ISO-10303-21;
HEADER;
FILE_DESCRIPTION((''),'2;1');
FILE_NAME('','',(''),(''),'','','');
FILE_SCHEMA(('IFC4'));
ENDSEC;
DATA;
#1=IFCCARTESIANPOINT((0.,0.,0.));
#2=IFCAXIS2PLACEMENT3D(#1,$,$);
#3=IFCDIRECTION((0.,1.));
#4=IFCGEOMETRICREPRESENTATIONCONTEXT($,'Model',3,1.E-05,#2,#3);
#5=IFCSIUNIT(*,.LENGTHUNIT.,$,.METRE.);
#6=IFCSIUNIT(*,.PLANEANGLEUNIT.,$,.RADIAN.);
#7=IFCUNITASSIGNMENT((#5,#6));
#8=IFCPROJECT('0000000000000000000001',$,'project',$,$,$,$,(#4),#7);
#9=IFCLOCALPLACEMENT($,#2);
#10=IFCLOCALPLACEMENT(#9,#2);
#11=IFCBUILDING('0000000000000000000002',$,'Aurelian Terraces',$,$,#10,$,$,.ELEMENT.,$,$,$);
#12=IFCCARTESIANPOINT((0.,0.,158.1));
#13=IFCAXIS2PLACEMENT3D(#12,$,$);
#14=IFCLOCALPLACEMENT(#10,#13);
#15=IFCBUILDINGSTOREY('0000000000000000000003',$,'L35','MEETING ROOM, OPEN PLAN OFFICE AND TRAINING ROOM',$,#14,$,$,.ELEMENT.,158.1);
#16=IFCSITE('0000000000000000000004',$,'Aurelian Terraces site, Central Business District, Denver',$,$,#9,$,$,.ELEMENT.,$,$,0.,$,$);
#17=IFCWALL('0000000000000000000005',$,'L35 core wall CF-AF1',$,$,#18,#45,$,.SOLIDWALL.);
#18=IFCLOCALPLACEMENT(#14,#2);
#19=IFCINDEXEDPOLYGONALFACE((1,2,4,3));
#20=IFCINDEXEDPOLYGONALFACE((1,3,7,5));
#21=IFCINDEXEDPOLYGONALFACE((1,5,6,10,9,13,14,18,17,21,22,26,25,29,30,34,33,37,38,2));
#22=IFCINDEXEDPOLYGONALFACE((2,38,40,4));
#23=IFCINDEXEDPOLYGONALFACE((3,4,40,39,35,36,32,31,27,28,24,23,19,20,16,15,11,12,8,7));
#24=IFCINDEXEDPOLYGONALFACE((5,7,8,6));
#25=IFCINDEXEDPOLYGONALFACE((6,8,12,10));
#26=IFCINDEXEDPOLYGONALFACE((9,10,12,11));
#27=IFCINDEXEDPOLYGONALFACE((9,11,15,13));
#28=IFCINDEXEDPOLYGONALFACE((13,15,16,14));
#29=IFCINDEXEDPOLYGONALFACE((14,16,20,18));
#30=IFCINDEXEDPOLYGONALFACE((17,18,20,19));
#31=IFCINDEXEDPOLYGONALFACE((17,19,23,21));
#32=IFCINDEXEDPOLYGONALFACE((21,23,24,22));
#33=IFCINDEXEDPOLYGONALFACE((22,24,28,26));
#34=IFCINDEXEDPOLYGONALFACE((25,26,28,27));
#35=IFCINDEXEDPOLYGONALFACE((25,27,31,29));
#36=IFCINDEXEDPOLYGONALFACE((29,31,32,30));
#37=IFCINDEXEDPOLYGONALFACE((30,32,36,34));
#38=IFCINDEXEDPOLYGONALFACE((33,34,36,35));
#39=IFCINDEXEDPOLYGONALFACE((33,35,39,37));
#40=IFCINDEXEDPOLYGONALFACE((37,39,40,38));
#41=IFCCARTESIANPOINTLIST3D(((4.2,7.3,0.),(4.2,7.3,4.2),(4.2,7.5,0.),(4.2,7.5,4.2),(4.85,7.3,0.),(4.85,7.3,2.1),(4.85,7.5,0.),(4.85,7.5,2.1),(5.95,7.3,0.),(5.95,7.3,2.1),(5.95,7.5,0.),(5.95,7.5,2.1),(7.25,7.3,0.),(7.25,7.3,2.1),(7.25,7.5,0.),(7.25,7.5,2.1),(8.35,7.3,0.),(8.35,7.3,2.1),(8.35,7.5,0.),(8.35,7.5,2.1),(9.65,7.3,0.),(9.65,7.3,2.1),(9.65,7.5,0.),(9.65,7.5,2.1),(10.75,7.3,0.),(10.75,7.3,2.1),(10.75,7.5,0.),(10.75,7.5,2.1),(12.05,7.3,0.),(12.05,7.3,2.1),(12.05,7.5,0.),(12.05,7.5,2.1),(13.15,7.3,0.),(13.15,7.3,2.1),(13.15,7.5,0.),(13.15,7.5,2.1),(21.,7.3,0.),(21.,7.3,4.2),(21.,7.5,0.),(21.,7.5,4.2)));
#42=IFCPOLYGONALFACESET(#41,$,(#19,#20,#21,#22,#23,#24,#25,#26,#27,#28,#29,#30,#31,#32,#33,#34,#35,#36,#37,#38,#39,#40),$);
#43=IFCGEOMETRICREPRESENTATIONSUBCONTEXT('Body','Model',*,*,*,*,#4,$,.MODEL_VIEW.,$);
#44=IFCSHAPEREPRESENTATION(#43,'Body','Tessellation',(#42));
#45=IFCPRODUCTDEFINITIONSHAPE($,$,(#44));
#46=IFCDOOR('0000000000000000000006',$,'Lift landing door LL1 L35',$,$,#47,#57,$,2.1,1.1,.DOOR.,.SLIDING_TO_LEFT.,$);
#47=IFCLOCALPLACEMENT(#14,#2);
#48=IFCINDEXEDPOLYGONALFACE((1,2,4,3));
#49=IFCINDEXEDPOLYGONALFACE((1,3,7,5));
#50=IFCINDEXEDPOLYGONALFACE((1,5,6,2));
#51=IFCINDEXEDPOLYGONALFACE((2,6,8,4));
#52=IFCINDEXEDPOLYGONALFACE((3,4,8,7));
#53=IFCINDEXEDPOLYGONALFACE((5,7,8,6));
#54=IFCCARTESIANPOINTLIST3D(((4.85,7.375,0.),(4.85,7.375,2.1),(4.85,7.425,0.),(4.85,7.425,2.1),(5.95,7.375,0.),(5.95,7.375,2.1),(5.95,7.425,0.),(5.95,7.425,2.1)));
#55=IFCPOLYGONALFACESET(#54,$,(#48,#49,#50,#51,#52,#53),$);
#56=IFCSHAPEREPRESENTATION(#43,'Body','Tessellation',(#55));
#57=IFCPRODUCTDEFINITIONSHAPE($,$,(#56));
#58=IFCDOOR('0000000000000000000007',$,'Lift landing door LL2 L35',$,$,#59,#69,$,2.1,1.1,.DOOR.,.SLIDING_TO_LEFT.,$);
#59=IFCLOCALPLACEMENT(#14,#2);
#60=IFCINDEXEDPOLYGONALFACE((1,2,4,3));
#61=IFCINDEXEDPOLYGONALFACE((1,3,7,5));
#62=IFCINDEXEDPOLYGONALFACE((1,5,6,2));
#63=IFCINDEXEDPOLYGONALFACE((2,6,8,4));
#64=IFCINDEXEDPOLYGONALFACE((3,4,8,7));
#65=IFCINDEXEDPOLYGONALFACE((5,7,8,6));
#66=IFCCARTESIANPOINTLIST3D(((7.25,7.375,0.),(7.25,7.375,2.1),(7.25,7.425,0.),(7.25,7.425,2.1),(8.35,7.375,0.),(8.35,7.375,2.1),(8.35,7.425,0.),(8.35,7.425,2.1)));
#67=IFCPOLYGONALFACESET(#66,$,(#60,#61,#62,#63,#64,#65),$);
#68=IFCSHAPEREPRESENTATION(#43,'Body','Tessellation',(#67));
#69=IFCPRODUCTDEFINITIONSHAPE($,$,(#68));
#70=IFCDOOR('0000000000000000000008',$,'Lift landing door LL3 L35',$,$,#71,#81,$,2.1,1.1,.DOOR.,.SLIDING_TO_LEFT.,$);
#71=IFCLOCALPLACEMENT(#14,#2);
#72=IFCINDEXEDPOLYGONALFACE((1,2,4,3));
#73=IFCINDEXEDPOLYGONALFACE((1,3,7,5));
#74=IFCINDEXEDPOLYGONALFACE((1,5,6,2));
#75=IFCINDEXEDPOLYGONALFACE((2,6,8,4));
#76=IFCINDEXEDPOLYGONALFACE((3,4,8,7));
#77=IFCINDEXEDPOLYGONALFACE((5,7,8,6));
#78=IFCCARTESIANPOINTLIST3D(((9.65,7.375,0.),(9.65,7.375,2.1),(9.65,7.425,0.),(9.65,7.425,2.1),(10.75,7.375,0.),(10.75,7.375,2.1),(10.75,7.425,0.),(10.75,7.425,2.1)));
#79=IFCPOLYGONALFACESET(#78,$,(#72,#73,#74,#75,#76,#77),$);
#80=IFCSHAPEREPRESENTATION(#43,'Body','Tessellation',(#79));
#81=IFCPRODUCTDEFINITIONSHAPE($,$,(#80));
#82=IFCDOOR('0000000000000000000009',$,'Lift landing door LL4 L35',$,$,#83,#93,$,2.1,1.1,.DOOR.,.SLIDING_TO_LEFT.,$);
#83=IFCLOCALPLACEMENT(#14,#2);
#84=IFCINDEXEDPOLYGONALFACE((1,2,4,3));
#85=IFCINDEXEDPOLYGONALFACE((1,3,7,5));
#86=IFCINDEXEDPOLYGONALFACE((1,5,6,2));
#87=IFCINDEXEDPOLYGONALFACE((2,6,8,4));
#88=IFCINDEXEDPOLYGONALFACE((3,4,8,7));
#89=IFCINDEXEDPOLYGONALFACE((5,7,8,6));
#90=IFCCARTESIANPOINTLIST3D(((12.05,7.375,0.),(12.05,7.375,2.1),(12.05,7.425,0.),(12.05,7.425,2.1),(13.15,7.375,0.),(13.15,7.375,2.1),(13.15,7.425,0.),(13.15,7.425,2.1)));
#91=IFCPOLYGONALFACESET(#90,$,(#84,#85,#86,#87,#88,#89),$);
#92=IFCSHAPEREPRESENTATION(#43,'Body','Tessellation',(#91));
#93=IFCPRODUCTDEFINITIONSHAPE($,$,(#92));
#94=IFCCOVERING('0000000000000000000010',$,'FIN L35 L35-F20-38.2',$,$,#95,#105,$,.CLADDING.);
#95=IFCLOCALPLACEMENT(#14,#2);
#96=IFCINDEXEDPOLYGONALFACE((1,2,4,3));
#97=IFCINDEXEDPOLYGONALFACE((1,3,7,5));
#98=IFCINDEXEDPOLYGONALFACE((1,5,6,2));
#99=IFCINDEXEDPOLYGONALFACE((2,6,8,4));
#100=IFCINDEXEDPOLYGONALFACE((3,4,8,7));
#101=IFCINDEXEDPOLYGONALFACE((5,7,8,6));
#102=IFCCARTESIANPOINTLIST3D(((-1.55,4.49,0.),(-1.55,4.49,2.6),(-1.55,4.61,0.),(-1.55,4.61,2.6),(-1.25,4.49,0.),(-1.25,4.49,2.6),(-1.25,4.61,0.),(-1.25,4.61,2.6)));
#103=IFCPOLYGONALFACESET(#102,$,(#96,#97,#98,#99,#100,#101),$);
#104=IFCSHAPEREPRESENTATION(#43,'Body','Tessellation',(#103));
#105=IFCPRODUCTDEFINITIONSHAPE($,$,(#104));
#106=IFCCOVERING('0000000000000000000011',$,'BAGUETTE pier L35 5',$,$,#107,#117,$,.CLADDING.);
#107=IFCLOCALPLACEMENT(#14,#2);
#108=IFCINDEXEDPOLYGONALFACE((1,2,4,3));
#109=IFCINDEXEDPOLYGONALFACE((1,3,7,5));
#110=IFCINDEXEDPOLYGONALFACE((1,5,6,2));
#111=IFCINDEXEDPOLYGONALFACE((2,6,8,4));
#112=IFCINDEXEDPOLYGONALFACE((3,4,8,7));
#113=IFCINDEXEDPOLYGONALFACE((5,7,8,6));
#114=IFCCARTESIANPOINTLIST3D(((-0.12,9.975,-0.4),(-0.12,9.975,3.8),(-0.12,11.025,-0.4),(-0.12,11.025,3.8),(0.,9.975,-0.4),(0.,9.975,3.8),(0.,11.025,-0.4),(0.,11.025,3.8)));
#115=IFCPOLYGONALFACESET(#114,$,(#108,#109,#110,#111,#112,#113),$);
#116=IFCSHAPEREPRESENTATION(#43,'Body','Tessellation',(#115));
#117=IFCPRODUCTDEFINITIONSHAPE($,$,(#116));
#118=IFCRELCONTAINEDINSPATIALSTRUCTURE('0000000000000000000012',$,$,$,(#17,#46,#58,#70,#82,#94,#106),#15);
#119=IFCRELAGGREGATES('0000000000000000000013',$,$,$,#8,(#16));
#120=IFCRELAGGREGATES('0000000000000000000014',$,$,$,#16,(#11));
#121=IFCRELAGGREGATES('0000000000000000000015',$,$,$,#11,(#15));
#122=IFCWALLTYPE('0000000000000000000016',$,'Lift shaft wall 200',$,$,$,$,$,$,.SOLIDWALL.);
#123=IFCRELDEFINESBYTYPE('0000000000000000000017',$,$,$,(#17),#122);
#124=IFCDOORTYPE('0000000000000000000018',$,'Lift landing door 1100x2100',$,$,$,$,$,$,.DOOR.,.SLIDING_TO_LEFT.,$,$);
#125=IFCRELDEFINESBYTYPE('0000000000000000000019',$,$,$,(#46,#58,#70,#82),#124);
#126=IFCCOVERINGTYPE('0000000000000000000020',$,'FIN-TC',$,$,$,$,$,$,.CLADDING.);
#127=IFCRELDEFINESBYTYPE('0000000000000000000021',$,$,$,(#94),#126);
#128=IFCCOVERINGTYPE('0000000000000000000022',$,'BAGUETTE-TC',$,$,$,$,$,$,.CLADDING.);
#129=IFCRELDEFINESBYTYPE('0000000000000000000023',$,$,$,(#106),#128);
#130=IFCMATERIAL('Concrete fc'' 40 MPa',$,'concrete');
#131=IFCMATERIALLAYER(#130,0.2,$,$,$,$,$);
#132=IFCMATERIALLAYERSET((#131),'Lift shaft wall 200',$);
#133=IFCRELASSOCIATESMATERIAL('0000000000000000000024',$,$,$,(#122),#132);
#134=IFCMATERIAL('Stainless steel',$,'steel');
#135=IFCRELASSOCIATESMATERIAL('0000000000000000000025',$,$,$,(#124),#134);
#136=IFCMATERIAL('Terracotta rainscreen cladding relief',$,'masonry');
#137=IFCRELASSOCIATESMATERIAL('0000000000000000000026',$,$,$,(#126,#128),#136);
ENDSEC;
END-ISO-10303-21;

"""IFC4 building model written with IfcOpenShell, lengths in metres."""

from ifc_helpers import new_model, si_unit, direction, frame, frame_2d, origin, origin_2d, place, context, subcontext, project, spatial, rectangle, extrude, source, transform, mapped, material, layer, layer_set, type_object, element, fill, save


model = new_model("IFC4")

# Units and contexts
model_context = context("Model", 3, precision=1e-05, world=origin(), true_north=direction((0.0, 1.0)))
body_context = subcontext(model_context, "Body", "Model", "MODEL_VIEW")
ifc_project = project(units=[si_unit("LENGTHUNIT", "METRE"), si_unit("PLANEANGLEUNIT", "RADIAN")], contexts=[model_context])

# Site, building, storey
site_placement = place(None, origin())
site = spatial("IfcSite", under=ifc_project, at=site_placement, Name="Aurelian Terraces site, Central Business District, Denver", CompositionType="ELEMENT", RefElevation=0.0)
building_placement = place(site_placement, origin())
building = spatial("IfcBuilding", under=site, at=building_placement, Name="Aurelian Terraces", CompositionType="ELEMENT")
storey_placement = place(building_placement, frame((0.0, 0.0, 158.1)))
storey = spatial("IfcBuildingStorey", under=building, at=storey_placement, Name="L35", Description="MEETING ROOM, OPEN PLAN OFFICE AND TRAINING ROOM", CompositionType="ELEMENT", Elevation=158.1)

# Wall, openings, doors
ifc_material_1 = material(Name="Concrete fc' 40 MPa", Category="concrete")
ifc_layer_1 = layer(ifc_material_1, 0.2)
ifc_layer_set_1 = layer_set([ifc_layer_1], Name="Lift shaft wall 200")
wall_type_1 = type_object("IfcWallType", Name="Lift shaft wall 200", PredefinedType="SOLIDWALL", material=ifc_layer_set_1)
shared_shape_1 = source(origin(), body_context, "Body", "SweptSolid", [
    extrude(rectangle(XDim=16.8, YDim=0.2, at=frame_2d((8.4, 0.0))), origin(), (0.0, 0.0, 1.0), 4.2),
])
wall_1_placement = place(storey_placement, frame((4.2, 7.4, 0.0), z_axis=(0.0, 0.0, 1.0), x_axis=(1.0, 0.0, 0.0)))
wall_1 = element("IfcWall", 1, at=wall_1_placement, inside=storey, type_object=wall_type_1, Name="L35 core wall CF-AF1", PredefinedType="SOLIDWALL", context=body_context, shape_type="MappedRepresentation", body=[
    mapped(shared_shape_1, transform((0.0, 0.0, 0.0), scale=1.0)),
])
shared_shape_2 = source(origin(), body_context, "Body", "SweptSolid", [
    extrude(rectangle(XDim=1.1, YDim=2.1, at=frame_2d((0.55, 1.05))), frame((0.0, 0.11, 0.0), z_axis=(0.0, -1.0, 0.0), x_axis=(1.0, 0.0, 0.0)), (0.0, 0.0, 1.0), 0.22),
])
opening_1_placement = place(wall_1_placement, frame((0.65, 0.0, 0.0)))
opening_1 = element("IfcOpeningElement", 2, at=opening_1_placement, cuts=wall_1, PredefinedType="OPENING", context=body_context, shape_type="MappedRepresentation", body=[
    mapped(shared_shape_2, transform((0.0, 0.0, 0.0), scale=1.0)),
])
opening_2_placement = place(wall_1_placement, frame((3.05, 0.0, 0.0)))
opening_2 = element("IfcOpeningElement", 3, at=opening_2_placement, cuts=wall_1, PredefinedType="OPENING", context=body_context, shape_type="MappedRepresentation", body=[
    mapped(shared_shape_2, transform((0.0, 0.0, 0.0), scale=1.0)),
])
opening_3_placement = place(wall_1_placement, frame((5.45, 0.0, 0.0)))
opening_3 = element("IfcOpeningElement", 4, at=opening_3_placement, cuts=wall_1, PredefinedType="OPENING", context=body_context, shape_type="MappedRepresentation", body=[
    mapped(shared_shape_2, transform((0.0, 0.0, 0.0), scale=1.0)),
])
opening_4_placement = place(wall_1_placement, frame((7.85, 0.0, 0.0)))
opening_4 = element("IfcOpeningElement", 5, at=opening_4_placement, cuts=wall_1, PredefinedType="OPENING", context=body_context, shape_type="MappedRepresentation", body=[
    mapped(shared_shape_2, transform((0.0, 0.0, 0.0), scale=1.0)),
])
ifc_material_2 = material(Name="Stainless steel", Category="steel")
door_type_1 = type_object("IfcDoorType", Name="Lift landing door 1100x2100", OperationType="SLIDING_TO_LEFT", PredefinedType="DOOR", material=ifc_material_2)
shared_shape_3 = source(origin(), body_context, "Body", "SweptSolid", [
    extrude(rectangle(XDim=1.1, YDim=2.1, at=frame_2d((0.55, 1.05))), frame((0.0, 0.025, 0.0), z_axis=(0.0, -1.0, 0.0), x_axis=(1.0, 0.0, 0.0)), (0.0, 0.0, 1.0), 0.05),
])
door_1_placement = place(opening_1_placement, origin())
door_1 = element("IfcDoor", 6, at=door_1_placement, inside=storey, type_object=door_type_1, Name="Lift landing door LL1 L35", OperationType="SLIDING_TO_LEFT", OverallHeight=2.1, OverallWidth=1.1, PredefinedType="DOOR", context=body_context, shape_type="MappedRepresentation", body=[
    mapped(shared_shape_3, transform((0.0, 0.0, 0.0), scale=1.0)),
])
fill(opening_1, door_1)
door_2_placement = place(opening_2_placement, origin())
door_2 = element("IfcDoor", 7, at=door_2_placement, inside=storey, type_object=door_type_1, Name="Lift landing door LL2 L35", OperationType="SLIDING_TO_LEFT", OverallHeight=2.1, OverallWidth=1.1, PredefinedType="DOOR", context=body_context, shape_type="MappedRepresentation", body=[
    mapped(shared_shape_3, transform((0.0, 0.0, 0.0), scale=1.0)),
])
fill(opening_2, door_2)
door_3_placement = place(opening_3_placement, origin())
door_3 = element("IfcDoor", 8, at=door_3_placement, inside=storey, type_object=door_type_1, Name="Lift landing door LL3 L35", OperationType="SLIDING_TO_LEFT", OverallHeight=2.1, OverallWidth=1.1, PredefinedType="DOOR", context=body_context, shape_type="MappedRepresentation", body=[
    mapped(shared_shape_3, transform((0.0, 0.0, 0.0), scale=1.0)),
])
fill(opening_3, door_3)
door_4_placement = place(opening_4_placement, origin())
door_4 = element("IfcDoor", 9, at=door_4_placement, inside=storey, type_object=door_type_1, Name="Lift landing door LL4 L35", OperationType="SLIDING_TO_LEFT", OverallHeight=2.1, OverallWidth=1.1, PredefinedType="DOOR", context=body_context, shape_type="MappedRepresentation", body=[
    mapped(shared_shape_3, transform((0.0, 0.0, 0.0), scale=1.0)),
])
fill(opening_4, door_4)

# Coverings
ifc_material_3 = material(Name="Terracotta rainscreen cladding relief", Category="masonry")
covering_type_1 = type_object("IfcCoveringType", Name="FIN-TC", PredefinedType="CLADDING", material=ifc_material_3)
shared_shape_4 = source(origin(), body_context, "Body", "SweptSolid", [
    extrude(rectangle(XDim=0.3, YDim=0.12, at=origin_2d()), origin(), (0.0, 0.0, 1.0), 2.6),
])
covering_1_placement = place(storey_placement, frame((-1.4, 4.55, 0.0), z_axis=(0.0, 0.0, 1.0), x_axis=(1.0, 0.0, 0.0)))
element("IfcCovering", 10, at=covering_1_placement, inside=storey, type_object=covering_type_1, Name="FIN L35 L35-F20-38.2", PredefinedType="CLADDING", context=body_context, shape_type="MappedRepresentation", body=[
    mapped(shared_shape_4, transform((0.0, 0.0, 0.0), scale=1.0)),
])
covering_type_2 = type_object("IfcCoveringType", Name="BAGUETTE-TC", PredefinedType="CLADDING", material=ifc_material_3)
shared_shape_5 = source(origin(), body_context, "Body", "SweptSolid", [
    extrude(rectangle(XDim=0.12, YDim=1.05, at=origin_2d()), origin(), (0.0, 0.0, 1.0), 4.2),
])
covering_2_placement = place(storey_placement, frame((-0.06, 10.5, -0.4), z_axis=(0.0, 0.0, 1.0), x_axis=(1.0, 0.0, 0.0)))
element("IfcCovering", 11, at=covering_2_placement, inside=storey, type_object=covering_type_2, Name="BAGUETTE pier L35 5", PredefinedType="CLADDING", context=body_context, shape_type="MappedRepresentation", body=[
    mapped(shared_shape_5, transform((0.0, 0.0, 0.0), scale=1.0)),
])

save(model, "model.ifc")
